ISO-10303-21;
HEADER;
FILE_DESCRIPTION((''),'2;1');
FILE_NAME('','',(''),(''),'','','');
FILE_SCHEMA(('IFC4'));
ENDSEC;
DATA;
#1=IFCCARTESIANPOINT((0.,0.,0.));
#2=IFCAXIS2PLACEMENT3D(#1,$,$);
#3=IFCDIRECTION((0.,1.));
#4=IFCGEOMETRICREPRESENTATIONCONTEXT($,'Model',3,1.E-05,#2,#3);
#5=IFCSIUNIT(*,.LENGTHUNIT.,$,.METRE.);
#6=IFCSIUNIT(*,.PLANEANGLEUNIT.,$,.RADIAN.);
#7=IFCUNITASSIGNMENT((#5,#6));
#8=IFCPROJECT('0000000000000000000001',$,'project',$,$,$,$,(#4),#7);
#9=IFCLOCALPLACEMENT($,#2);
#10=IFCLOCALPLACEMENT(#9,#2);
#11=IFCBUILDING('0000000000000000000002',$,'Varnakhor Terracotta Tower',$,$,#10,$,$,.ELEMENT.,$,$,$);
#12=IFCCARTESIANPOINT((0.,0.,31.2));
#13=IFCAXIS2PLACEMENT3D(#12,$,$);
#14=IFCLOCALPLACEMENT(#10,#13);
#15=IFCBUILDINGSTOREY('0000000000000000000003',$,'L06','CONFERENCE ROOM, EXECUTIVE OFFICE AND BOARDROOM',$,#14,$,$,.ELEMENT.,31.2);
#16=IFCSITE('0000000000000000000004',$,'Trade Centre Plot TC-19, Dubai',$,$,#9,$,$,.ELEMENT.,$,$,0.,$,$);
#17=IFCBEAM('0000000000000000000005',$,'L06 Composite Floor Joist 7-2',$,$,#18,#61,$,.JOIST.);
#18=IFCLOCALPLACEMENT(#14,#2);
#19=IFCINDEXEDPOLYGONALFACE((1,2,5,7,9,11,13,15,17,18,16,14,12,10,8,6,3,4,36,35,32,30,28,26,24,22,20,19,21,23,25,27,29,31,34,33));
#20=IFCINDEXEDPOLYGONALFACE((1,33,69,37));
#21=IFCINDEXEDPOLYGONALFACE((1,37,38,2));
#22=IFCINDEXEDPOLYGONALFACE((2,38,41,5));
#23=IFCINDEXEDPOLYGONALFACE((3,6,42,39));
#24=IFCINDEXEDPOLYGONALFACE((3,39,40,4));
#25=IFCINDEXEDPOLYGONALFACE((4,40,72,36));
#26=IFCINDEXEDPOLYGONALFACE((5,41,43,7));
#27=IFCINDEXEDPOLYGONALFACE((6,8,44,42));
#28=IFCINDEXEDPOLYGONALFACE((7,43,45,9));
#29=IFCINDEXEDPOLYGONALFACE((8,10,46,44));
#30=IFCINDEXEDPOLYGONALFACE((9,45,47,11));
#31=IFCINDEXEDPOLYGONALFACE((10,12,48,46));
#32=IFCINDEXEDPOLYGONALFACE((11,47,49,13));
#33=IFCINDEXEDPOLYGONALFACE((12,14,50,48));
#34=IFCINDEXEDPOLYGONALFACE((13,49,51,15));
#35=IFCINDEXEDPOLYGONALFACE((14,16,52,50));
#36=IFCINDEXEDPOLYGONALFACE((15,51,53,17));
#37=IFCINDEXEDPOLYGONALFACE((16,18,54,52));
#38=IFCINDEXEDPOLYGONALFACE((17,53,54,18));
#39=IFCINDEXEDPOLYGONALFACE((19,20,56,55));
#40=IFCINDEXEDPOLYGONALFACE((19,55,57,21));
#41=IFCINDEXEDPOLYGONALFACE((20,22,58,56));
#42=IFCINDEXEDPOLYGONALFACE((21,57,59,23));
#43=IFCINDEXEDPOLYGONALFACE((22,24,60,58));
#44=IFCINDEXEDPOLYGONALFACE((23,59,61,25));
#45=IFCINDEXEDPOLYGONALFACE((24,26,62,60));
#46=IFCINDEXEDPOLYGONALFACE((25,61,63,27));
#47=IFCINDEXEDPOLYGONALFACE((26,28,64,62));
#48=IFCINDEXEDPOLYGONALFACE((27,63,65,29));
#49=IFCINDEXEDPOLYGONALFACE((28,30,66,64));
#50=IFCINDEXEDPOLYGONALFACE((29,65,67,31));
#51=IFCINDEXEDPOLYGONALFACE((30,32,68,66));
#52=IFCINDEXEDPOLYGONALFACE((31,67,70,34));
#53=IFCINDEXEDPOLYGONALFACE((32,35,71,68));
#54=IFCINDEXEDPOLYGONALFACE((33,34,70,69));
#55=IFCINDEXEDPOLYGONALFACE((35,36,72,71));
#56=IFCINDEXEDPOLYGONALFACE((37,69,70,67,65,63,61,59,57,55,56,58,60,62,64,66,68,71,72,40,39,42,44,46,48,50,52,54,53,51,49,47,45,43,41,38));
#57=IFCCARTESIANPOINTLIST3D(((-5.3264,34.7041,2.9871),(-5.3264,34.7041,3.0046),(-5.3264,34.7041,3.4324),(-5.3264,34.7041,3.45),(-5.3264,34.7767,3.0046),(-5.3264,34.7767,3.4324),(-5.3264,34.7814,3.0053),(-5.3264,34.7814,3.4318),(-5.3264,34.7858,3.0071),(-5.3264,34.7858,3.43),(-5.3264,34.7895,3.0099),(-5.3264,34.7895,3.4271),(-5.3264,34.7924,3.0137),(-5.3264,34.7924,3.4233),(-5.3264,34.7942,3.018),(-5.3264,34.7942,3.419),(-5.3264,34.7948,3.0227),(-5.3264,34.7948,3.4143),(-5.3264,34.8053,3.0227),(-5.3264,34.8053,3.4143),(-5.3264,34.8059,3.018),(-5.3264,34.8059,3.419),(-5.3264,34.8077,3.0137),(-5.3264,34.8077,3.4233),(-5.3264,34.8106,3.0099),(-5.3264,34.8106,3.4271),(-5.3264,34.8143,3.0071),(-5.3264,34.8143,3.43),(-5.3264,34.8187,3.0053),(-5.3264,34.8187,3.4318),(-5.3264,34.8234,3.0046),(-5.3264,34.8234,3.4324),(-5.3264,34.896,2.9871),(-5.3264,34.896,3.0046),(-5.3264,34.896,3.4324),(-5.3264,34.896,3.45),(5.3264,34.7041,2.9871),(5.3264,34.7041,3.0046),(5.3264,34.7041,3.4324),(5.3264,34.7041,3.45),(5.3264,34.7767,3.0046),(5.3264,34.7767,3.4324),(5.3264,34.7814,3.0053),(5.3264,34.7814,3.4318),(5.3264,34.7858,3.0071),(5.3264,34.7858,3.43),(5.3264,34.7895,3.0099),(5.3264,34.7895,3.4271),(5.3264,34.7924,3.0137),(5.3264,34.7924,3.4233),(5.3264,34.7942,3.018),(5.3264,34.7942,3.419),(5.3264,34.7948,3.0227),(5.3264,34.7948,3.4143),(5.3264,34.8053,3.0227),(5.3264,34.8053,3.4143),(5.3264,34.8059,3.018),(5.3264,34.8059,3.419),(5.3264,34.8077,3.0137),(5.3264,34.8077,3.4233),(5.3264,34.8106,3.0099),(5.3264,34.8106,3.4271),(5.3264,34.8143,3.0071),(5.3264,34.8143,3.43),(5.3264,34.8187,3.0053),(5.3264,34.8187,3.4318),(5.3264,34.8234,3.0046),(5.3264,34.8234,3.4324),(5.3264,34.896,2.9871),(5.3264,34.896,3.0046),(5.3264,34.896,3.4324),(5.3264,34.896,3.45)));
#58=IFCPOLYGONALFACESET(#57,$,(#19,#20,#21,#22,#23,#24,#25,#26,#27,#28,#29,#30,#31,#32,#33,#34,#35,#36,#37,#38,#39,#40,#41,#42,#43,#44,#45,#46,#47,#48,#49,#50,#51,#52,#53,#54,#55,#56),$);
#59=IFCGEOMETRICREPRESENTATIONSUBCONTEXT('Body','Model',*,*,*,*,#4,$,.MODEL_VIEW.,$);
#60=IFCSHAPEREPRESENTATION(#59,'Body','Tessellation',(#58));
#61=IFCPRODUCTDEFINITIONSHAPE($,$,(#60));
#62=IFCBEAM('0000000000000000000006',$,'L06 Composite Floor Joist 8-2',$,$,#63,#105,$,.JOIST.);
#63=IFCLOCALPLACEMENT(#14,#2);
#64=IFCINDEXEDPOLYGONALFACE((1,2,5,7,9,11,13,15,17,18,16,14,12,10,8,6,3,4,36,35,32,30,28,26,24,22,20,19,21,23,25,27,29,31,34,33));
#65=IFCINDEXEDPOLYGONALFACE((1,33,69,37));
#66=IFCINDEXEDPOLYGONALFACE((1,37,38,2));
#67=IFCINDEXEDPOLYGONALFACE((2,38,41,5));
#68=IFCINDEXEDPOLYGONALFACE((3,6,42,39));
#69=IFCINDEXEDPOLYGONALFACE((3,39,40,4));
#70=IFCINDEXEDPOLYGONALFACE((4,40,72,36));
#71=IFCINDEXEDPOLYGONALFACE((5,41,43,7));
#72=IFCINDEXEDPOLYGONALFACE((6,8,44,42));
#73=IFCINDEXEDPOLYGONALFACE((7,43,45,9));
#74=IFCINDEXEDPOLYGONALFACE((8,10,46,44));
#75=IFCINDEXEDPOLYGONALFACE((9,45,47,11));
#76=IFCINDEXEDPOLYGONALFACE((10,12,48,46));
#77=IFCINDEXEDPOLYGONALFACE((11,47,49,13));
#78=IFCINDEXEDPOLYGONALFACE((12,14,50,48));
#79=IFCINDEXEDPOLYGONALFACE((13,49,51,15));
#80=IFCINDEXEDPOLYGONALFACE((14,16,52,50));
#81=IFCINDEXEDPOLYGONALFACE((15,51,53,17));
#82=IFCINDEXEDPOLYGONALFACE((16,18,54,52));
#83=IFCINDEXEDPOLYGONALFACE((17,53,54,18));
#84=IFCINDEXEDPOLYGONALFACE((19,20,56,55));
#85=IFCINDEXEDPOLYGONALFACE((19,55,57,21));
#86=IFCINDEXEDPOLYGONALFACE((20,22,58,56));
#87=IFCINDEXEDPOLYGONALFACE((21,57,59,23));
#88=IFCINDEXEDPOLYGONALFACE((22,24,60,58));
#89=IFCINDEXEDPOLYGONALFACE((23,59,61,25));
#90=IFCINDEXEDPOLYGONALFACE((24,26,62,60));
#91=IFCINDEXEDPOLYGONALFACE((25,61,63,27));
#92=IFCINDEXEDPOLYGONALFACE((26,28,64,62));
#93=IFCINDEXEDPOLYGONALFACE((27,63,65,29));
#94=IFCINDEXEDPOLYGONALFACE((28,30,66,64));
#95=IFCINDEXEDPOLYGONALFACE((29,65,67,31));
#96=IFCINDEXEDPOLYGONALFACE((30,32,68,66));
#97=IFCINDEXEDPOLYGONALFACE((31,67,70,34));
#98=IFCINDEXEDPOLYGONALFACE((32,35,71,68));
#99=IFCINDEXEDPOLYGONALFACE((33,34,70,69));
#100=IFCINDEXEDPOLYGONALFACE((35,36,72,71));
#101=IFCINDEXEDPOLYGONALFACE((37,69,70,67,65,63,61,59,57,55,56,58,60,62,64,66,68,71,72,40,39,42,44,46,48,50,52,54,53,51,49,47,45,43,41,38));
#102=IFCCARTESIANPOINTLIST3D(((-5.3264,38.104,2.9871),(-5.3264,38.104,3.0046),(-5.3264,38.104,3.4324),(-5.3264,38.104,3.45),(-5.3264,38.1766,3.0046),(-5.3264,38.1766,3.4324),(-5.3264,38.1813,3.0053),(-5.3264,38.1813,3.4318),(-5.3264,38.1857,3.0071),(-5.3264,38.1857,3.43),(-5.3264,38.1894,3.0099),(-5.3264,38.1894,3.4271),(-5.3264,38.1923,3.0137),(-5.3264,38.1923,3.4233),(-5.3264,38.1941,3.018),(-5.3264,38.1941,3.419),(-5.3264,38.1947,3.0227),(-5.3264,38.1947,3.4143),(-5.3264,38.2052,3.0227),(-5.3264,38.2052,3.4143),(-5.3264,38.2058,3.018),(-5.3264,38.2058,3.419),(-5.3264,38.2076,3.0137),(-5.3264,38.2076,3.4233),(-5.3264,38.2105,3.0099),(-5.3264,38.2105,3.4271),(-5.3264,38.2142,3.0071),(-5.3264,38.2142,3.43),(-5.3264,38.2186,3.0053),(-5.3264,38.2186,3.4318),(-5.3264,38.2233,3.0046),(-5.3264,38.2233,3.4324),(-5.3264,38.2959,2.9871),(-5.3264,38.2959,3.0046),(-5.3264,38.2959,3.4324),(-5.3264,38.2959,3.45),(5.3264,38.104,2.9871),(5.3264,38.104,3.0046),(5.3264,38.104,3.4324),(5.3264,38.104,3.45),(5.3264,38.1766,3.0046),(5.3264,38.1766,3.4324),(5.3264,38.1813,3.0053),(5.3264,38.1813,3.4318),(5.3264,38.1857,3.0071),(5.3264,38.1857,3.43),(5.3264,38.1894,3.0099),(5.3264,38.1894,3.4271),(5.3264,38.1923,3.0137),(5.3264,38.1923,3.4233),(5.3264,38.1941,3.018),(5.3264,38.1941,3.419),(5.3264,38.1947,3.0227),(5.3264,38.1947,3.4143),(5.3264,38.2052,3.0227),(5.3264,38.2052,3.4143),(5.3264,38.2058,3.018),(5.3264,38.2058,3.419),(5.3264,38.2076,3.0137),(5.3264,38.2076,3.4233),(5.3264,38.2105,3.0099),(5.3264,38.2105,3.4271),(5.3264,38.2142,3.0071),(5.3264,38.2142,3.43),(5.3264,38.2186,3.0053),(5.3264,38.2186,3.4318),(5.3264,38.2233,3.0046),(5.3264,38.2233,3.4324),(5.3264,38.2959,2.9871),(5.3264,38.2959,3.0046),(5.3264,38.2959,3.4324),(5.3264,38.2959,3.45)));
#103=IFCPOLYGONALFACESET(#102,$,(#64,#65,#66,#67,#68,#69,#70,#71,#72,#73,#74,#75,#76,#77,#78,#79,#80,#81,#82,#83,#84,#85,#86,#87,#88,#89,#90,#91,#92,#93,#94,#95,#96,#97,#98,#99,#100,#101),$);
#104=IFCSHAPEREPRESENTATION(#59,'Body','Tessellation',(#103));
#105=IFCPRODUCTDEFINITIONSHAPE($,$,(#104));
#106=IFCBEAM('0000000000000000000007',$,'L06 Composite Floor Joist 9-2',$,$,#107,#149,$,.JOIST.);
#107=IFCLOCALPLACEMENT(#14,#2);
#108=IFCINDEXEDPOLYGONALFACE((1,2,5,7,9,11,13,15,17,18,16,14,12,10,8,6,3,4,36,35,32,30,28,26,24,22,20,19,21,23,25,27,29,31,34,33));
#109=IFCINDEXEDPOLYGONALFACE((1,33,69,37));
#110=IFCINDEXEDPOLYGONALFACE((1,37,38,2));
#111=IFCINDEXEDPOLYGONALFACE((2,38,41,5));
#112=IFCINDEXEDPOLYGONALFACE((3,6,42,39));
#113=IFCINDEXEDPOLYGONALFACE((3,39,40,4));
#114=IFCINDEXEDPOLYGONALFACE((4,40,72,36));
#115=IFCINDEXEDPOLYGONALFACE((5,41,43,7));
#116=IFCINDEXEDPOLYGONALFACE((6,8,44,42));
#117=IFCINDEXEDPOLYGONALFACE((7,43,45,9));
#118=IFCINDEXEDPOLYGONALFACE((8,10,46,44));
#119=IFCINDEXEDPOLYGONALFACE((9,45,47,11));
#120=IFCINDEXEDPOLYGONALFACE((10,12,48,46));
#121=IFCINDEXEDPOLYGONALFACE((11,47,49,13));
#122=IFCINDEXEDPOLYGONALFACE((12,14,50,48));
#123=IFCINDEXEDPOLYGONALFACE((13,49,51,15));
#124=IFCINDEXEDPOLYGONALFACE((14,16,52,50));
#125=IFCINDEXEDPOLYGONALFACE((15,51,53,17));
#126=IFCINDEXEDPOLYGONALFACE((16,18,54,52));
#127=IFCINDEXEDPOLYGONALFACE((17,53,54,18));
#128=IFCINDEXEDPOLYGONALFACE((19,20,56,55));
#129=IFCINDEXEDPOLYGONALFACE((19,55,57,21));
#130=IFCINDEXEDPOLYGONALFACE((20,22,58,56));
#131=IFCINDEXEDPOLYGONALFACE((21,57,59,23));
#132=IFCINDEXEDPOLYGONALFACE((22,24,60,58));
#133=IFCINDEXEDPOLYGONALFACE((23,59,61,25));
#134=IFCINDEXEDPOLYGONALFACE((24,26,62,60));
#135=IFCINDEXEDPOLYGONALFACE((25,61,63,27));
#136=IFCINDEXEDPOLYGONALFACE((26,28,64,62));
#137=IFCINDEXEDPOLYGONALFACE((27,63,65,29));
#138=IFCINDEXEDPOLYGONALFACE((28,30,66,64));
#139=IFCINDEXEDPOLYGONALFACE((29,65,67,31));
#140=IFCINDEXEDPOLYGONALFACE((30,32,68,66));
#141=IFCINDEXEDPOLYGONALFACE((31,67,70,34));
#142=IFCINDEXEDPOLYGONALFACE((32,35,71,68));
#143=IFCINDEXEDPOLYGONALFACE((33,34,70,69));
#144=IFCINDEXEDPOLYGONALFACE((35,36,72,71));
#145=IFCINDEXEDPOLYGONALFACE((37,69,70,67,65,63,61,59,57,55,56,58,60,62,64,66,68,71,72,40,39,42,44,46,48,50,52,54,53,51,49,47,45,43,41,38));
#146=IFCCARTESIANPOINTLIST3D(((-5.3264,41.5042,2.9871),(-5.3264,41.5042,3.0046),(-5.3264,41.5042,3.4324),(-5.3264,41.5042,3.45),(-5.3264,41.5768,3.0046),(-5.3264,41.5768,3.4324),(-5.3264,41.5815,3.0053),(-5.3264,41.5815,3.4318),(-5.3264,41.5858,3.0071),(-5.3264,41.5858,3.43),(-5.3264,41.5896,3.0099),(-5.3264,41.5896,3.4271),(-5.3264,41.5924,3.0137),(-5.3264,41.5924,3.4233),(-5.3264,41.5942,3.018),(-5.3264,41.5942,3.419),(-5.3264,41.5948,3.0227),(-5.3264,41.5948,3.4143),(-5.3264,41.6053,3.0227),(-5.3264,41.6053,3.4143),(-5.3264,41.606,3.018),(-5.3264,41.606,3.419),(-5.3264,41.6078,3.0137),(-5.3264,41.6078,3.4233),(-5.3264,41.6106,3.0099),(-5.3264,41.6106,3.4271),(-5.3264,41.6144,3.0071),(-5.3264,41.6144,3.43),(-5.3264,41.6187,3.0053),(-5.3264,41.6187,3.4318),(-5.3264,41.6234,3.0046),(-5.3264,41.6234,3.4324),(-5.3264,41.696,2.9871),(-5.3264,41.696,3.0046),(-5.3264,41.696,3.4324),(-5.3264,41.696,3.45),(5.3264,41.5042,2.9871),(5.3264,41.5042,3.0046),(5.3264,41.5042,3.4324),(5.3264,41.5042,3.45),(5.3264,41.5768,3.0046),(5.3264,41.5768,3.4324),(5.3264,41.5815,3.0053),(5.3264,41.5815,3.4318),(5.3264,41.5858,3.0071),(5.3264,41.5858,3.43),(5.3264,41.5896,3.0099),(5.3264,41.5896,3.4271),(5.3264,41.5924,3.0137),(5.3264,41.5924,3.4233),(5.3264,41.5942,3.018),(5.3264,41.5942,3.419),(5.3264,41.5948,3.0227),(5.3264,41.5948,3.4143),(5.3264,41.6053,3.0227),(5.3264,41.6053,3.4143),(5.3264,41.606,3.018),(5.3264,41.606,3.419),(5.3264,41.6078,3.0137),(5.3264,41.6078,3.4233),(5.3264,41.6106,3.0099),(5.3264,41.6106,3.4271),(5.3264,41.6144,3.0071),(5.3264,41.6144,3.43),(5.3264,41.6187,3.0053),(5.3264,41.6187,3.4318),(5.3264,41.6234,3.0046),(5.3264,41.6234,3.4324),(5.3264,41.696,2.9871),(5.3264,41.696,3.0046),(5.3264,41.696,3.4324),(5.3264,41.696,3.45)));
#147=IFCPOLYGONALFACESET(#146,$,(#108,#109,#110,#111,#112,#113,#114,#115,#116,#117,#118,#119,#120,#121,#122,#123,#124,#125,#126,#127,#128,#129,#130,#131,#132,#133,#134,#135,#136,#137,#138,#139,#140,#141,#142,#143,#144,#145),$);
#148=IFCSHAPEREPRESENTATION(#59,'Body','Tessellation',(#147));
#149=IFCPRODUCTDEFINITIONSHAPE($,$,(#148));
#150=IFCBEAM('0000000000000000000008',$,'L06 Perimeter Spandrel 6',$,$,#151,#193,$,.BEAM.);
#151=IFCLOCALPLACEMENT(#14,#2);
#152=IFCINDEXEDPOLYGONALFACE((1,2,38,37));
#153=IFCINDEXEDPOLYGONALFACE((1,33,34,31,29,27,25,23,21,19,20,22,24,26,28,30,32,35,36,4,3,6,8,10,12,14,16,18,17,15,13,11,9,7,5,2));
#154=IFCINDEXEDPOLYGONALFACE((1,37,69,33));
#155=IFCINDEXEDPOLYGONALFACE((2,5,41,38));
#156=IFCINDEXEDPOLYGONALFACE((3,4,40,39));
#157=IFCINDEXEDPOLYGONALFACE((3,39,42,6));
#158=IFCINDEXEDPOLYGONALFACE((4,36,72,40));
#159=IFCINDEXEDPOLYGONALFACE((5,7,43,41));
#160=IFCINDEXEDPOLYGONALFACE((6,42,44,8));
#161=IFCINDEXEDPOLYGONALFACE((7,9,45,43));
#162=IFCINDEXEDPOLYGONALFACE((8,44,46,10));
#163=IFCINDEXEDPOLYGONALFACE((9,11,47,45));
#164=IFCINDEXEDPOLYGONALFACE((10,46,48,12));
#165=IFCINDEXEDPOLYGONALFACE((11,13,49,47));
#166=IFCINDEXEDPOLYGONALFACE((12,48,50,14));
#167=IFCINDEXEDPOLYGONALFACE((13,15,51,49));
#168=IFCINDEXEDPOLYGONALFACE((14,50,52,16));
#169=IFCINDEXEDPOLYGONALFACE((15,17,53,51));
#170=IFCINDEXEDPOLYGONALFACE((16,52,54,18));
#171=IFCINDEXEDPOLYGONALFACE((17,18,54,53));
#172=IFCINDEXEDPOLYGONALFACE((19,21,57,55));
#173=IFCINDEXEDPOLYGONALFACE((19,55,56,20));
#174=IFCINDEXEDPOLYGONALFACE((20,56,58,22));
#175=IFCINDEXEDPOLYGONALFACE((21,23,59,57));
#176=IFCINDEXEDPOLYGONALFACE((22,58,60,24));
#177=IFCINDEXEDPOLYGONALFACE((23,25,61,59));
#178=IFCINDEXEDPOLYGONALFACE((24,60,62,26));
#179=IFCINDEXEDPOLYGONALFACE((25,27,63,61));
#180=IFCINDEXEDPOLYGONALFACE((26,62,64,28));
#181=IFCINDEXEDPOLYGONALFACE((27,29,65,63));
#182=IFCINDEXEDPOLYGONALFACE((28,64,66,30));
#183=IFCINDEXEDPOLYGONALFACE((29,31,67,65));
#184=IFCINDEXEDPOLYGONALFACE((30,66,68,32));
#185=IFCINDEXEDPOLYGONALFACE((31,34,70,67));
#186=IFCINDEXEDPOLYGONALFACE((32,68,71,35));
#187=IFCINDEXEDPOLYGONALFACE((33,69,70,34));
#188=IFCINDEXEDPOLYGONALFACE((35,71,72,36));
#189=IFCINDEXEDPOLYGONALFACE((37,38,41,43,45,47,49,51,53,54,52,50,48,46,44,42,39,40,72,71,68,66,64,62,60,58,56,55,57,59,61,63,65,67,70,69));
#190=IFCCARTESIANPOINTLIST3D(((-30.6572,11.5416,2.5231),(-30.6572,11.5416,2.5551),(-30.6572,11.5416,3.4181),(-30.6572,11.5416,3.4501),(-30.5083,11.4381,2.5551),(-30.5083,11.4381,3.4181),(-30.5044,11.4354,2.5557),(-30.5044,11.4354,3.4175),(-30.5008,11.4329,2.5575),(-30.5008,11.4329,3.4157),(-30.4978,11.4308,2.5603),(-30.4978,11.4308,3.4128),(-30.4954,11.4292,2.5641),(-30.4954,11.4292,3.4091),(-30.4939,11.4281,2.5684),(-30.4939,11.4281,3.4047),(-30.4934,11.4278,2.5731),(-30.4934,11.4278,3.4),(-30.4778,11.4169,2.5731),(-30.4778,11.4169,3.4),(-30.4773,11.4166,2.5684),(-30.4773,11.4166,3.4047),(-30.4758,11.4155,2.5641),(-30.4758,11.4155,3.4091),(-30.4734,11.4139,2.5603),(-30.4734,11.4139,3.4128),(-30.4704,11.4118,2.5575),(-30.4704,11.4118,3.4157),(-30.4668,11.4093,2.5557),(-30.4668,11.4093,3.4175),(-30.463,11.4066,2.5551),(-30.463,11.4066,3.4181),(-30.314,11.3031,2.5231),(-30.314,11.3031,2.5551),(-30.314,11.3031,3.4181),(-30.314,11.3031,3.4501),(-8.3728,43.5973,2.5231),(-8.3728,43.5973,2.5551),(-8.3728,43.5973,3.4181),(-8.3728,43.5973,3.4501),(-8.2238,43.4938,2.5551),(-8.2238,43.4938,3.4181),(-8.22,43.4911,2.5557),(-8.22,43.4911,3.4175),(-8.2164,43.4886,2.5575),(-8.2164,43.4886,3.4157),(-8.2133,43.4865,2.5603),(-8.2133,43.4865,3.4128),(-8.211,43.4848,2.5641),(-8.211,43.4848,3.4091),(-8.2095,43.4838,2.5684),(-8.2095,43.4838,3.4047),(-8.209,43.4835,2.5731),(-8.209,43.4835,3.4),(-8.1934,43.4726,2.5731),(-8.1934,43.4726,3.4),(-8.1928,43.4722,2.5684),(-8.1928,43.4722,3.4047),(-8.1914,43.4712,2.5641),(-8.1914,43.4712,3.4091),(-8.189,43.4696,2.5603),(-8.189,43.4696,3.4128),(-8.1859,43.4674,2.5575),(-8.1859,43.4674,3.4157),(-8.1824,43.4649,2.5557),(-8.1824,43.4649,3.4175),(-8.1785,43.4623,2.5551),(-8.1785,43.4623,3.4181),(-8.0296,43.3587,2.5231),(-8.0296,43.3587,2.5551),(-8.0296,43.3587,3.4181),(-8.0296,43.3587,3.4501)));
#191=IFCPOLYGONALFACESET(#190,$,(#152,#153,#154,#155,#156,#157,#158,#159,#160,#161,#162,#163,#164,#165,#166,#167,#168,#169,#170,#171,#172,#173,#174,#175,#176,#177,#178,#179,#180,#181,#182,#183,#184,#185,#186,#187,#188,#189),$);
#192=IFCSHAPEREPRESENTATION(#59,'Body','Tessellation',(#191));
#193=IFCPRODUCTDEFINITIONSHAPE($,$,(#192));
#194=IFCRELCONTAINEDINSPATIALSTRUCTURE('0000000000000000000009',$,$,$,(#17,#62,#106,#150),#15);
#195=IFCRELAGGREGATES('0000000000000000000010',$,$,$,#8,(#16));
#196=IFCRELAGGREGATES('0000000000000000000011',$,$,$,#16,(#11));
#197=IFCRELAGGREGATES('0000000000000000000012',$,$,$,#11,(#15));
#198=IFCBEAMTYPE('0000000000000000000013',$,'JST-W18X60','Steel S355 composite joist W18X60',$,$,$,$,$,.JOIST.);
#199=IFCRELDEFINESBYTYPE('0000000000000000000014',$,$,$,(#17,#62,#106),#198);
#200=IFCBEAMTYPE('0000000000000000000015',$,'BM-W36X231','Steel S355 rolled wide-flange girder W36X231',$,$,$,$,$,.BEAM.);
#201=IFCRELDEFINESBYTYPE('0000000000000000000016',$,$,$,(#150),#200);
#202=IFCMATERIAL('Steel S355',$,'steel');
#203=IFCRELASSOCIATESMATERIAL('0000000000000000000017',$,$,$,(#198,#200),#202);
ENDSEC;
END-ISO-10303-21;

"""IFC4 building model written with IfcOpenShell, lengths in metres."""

from ifc_helpers import new_model, si_unit, direction, frame, origin, origin_2d, place, context, subcontext, project, spatial, i_section, extrude, source, transform, mapped, material, material_profile, profile_set, type_object, element, save


model = new_model("IFC4")

# Units and contexts
model_context = context("Model", 3, precision=1e-05, world=origin(), true_north=direction((0.0, 1.0)))
body_context = subcontext(model_context, "Body", "Model", "MODEL_VIEW")
ifc_project = project(units=[si_unit("LENGTHUNIT", "METRE"), si_unit("PLANEANGLEUNIT", "RADIAN")], contexts=[model_context])

# Site, building, storey
site_placement = place(None, origin())
site = spatial("IfcSite", under=ifc_project, at=site_placement, Name="Trade Centre Plot TC-19, Dubai", CompositionType="ELEMENT", RefElevation=0.0)
building_placement = place(site_placement, origin())
building = spatial("IfcBuilding", under=site, at=building_placement, Name="Varnakhor Terracotta Tower", CompositionType="ELEMENT")
storey_placement = place(building_placement, frame((0.0, 0.0, 31.2)))
storey = spatial("IfcBuildingStorey", under=building, at=storey_placement, Name="L06", Description="CONFERENCE ROOM, EXECUTIVE OFFICE AND BOARDROOM", CompositionType="ELEMENT", Elevation=31.2)

# Beams
ifc_material_1 = material(Name="Steel S355", Category="steel")
ifc_material_profile_1 = material_profile(ifc_material_1, i_section(OverallWidth=0.1919, OverallDepth=0.4629, WebThickness=0.0105, FlangeThickness=0.0176, FilletRadius=0.0181, at=origin_2d()), Name="W18X60")
ifc_profile_set_1 = profile_set([ifc_material_profile_1], Name="Steel S355")
beam_type_1 = type_object("IfcBeamType", Name="JST-W18X60", Description="Steel S355 composite joist W18X60", PredefinedType="JOIST", material=ifc_profile_set_1)
shared_shape_1 = source(origin(), body_context, "Body", "SweptSolid", [
    extrude(i_section(OverallWidth=0.1919, OverallDepth=0.4629, WebThickness=0.0105, FlangeThickness=0.0176, FilletRadius=0.0181, at=origin_2d()), origin(), (0.0, 0.0, 1.0), 10.6528),
])
for number, where, z_axis, x_axis, name in (
    (1, (-5.3264, 34.8, 3.2185), (1.0, 0.0, 0.0), (0.0, 1.0, 0.0), "L06 Composite Floor Joist 7-2"),
    (2, (-5.3264, 38.2, 3.2185), (1.0, 0.0, 0.0), (0.0, 1.0, 0.0), "L06 Composite Floor Joist 8-2"),
    (3, (-5.3264, 41.6001, 3.2185), (1.0, 0.0, 0.0), (0.0, 1.0, 0.0), "L06 Composite Floor Joist 9-2"),
):
    element("IfcBeam", number, at=place(storey_placement, frame(where, z_axis=z_axis, x_axis=x_axis)), inside=storey, type_object=beam_type_1, Name=name, PredefinedType="JOIST", context=body_context, shape_type="MappedRepresentation", body=[
        mapped(shared_shape_1, transform((0.0, 0.0, 0.0), scale=1.0)),
    ])
ifc_material_profile_2 = material_profile(ifc_material_1, i_section(OverallWidth=0.418, OverallDepth=0.927, WebThickness=0.019, FlangeThickness=0.032, FilletRadius=0.0181, at=origin_2d()), Name="W36X231")
ifc_profile_set_2 = profile_set([ifc_material_profile_2], Name="Steel S355")
beam_type_2 = type_object("IfcBeamType", Name="BM-W36X231", Description="Steel S355 rolled wide-flange girder W36X231", PredefinedType="BEAM", material=ifc_profile_set_2)
shared_shape_2 = source(origin(), body_context, "Body", "SweptSolid", [
    extrude(i_section(OverallWidth=0.418, OverallDepth=0.927, WebThickness=0.019, FlangeThickness=0.032, FilletRadius=0.0181, at=origin_2d()), origin(), (0.0, 0.0, 1.0), 39.0405),
])
beam_1_placement = place(storey_placement, frame((-8.2012, 43.478, 2.9866), z_axis=(-0.570803, -0.821087, 0.0), x_axis=(0.821087, -0.570803, 0.0)))
element("IfcBeam", 4, at=beam_1_placement, inside=storey, type_object=beam_type_2, Name="L06 Perimeter Spandrel 6", PredefinedType="BEAM", context=body_context, shape_type="MappedRepresentation", body=[
    mapped(shared_shape_2, transform((0.0, 0.0, 0.0), scale=1.0)),
])

save(model, "model.ifc")
